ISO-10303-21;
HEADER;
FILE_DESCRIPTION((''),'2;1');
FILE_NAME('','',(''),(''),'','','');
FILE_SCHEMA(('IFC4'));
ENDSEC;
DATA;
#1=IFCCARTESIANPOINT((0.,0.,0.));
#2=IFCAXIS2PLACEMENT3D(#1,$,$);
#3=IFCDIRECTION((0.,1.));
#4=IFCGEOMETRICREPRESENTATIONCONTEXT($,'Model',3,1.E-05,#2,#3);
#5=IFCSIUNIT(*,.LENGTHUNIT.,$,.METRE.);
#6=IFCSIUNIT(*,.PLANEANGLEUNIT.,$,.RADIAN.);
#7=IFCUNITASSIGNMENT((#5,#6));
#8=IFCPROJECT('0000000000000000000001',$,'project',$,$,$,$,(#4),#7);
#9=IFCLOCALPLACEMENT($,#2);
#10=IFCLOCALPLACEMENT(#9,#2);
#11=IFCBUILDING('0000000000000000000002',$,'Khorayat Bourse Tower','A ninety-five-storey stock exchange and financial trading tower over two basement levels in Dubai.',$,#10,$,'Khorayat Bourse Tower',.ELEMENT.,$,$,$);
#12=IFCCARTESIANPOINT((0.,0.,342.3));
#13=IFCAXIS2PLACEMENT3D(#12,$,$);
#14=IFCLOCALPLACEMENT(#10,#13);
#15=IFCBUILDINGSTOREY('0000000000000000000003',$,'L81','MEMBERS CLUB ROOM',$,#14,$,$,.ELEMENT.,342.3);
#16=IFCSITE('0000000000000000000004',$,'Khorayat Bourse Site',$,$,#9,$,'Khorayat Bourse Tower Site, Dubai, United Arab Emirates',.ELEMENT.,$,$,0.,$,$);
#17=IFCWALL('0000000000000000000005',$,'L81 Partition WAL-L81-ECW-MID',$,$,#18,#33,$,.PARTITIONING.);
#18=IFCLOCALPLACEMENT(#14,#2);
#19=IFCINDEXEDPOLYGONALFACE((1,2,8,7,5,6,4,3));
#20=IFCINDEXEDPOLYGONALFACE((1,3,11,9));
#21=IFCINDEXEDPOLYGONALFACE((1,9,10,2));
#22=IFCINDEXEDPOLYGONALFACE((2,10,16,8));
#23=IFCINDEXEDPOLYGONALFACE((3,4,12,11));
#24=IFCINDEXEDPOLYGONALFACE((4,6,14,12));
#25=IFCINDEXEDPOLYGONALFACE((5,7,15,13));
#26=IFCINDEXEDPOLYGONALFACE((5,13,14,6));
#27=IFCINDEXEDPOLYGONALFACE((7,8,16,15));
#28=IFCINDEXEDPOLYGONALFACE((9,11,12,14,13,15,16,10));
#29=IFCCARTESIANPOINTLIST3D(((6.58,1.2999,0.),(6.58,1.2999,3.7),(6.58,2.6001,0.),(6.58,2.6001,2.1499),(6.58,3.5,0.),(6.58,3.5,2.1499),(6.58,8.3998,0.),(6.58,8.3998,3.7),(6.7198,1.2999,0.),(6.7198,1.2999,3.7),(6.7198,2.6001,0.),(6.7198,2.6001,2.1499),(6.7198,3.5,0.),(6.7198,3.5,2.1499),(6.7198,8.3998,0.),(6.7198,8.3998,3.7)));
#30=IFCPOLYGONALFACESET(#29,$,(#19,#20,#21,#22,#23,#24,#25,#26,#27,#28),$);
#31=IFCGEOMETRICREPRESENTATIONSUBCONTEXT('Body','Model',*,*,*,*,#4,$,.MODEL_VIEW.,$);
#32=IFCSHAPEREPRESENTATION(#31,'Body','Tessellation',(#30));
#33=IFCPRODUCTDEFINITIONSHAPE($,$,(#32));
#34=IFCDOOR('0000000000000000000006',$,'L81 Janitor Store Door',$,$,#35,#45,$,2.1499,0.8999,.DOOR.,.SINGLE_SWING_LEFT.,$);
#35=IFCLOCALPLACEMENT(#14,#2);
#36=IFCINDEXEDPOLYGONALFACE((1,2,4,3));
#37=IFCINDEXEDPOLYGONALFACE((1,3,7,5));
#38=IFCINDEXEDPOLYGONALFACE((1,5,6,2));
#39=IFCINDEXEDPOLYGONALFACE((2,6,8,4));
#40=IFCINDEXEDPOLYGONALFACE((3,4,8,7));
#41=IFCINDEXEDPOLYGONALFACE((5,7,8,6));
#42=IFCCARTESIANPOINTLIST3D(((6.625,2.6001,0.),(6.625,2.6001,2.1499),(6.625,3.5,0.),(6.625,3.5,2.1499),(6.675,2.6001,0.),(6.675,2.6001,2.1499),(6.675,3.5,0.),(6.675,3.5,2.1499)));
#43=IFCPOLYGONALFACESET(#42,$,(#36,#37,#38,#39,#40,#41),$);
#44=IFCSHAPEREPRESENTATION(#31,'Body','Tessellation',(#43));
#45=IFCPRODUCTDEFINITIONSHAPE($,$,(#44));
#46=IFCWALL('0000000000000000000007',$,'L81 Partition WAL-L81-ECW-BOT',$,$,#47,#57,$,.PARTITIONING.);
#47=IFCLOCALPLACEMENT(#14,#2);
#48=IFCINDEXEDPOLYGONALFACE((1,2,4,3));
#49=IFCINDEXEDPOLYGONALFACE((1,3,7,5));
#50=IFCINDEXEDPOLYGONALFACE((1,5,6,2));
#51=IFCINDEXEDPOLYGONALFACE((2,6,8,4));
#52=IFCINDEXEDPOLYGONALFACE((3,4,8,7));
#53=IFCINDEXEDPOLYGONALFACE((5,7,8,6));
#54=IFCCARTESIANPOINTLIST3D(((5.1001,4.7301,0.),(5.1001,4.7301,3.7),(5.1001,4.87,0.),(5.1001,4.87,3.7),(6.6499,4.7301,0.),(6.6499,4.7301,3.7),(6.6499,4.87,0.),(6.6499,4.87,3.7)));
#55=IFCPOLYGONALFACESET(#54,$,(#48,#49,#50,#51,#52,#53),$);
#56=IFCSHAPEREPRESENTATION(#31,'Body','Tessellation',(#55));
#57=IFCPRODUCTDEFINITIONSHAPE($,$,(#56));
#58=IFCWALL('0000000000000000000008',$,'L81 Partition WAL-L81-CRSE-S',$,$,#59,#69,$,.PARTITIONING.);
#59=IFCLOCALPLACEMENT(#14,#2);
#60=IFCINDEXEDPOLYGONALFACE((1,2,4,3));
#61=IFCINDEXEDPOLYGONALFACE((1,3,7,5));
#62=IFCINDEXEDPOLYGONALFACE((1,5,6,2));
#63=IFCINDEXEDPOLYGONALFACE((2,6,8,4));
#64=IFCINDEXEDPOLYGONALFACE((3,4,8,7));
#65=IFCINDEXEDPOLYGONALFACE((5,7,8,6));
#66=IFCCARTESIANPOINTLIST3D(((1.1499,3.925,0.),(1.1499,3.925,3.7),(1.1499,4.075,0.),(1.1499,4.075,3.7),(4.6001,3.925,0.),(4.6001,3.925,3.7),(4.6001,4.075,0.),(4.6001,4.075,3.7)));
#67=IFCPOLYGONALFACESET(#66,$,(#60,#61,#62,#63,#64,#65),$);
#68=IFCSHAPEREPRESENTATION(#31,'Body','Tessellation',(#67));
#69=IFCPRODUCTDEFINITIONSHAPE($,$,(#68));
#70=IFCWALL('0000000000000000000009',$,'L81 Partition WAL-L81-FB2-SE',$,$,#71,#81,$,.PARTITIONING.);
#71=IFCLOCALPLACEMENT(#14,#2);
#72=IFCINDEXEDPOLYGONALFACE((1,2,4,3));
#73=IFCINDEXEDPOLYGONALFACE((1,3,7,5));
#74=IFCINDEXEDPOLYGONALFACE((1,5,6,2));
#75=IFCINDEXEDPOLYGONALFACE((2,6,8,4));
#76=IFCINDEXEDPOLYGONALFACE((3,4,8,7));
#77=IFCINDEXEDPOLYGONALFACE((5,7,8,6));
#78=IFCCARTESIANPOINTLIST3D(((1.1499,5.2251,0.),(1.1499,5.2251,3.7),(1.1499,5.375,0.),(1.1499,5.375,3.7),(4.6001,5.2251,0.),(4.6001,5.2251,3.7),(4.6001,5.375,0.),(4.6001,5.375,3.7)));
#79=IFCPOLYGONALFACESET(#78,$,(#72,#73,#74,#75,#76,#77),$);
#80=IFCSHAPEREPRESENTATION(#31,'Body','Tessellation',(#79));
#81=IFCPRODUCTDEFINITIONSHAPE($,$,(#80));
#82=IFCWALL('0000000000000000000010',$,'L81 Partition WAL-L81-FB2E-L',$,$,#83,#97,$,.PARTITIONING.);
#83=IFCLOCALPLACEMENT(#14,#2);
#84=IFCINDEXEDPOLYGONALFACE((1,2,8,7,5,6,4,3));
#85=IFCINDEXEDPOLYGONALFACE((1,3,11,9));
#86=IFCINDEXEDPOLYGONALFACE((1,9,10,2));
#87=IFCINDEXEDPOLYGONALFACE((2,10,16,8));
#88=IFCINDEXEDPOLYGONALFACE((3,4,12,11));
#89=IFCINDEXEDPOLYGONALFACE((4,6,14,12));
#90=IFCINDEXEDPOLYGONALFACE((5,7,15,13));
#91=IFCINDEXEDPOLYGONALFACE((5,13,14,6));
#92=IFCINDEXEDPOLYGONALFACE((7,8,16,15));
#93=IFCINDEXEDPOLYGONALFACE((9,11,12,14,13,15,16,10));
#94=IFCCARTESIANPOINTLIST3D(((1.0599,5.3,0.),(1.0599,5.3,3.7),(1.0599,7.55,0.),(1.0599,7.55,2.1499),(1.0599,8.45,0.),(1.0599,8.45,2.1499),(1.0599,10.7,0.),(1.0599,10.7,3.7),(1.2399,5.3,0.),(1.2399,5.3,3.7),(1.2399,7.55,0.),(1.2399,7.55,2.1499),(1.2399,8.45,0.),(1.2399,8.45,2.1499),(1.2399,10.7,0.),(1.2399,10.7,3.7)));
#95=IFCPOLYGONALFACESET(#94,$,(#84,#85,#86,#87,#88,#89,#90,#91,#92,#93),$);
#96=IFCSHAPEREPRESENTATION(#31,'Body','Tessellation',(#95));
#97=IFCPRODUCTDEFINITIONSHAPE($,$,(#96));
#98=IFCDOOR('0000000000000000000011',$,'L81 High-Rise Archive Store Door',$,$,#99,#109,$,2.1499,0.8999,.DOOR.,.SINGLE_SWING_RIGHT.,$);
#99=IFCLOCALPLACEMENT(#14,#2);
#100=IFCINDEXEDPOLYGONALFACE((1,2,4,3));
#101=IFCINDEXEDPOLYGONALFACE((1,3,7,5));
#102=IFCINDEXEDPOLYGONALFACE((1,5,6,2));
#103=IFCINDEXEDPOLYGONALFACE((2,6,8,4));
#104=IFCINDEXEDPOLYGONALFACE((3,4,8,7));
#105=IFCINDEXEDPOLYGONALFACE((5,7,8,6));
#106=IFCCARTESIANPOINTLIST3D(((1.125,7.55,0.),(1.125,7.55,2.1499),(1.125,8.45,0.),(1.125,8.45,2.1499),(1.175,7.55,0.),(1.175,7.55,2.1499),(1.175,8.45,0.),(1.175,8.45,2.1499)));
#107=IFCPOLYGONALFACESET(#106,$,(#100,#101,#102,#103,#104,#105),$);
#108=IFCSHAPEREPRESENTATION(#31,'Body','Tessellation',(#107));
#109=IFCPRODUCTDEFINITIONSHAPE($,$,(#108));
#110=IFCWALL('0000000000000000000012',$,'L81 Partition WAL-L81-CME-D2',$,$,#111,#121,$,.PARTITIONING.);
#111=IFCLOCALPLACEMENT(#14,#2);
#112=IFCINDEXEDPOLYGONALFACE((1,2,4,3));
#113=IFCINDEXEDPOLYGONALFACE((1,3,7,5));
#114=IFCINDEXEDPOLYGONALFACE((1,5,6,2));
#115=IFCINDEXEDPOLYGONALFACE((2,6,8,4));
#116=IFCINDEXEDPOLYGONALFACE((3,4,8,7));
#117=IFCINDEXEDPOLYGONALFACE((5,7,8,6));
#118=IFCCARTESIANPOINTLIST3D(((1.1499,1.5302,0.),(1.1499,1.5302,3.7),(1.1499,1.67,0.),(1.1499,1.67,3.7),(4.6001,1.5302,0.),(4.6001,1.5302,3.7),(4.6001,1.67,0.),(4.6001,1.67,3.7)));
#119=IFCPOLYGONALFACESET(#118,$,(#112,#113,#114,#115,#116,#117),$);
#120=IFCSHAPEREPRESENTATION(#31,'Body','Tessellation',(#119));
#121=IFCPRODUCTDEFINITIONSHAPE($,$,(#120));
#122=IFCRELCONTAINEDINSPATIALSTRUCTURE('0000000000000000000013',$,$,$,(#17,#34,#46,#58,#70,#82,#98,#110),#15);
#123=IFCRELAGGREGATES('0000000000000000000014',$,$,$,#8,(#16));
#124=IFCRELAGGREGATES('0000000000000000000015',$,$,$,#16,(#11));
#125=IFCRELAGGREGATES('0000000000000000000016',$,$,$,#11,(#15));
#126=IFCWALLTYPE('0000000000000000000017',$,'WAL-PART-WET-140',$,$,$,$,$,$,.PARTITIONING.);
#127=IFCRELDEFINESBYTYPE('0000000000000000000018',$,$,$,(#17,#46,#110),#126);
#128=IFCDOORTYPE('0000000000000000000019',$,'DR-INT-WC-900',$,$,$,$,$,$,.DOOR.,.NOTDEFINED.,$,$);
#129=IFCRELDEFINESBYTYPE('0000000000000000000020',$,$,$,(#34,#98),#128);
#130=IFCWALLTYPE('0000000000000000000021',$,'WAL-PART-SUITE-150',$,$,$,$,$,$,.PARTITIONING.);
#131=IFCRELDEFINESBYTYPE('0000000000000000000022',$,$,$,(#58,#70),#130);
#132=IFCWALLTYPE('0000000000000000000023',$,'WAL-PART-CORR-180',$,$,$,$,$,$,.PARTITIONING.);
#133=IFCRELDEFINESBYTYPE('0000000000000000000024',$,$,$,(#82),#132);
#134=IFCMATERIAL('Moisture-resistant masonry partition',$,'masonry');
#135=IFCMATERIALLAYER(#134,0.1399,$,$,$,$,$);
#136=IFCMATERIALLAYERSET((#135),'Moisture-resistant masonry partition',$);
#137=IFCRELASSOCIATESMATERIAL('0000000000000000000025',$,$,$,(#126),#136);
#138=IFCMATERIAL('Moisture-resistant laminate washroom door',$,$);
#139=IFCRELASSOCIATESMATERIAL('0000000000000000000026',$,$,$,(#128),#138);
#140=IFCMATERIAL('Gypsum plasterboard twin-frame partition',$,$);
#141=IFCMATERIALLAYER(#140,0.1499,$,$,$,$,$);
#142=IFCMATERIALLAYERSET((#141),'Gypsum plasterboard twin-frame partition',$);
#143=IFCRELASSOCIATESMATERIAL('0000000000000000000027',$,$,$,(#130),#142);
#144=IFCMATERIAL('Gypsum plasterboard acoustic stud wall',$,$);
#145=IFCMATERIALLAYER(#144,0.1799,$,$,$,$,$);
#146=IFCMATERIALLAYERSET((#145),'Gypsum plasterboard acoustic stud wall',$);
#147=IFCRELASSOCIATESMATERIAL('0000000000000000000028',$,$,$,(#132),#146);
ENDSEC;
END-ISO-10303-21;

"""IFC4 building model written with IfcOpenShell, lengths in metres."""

from ifc_helpers import new_model, si_unit, direction, frame, frame_2d, origin, place, context, subcontext, project, spatial, rectangle, extrude, source, transform, mapped, material, layer, layer_set, type_object, element, fill, save


model = new_model("IFC4")

# Units and contexts
model_context = context("Model", 3, precision=1e-05, world=origin(), true_north=direction((0.0, 1.0)))
body_context = subcontext(model_context, "Body", "Model", "MODEL_VIEW")
ifc_project = project(units=[si_unit("LENGTHUNIT", "METRE"), si_unit("PLANEANGLEUNIT", "RADIAN")], contexts=[model_context])

# Site, building, storey
site_placement = place(None, origin())
site = spatial("IfcSite", under=ifc_project, at=site_placement, Name="Khorayat Bourse Site", LongName="Khorayat Bourse Tower Site, Dubai, United Arab Emirates", CompositionType="ELEMENT", RefElevation=0.0)
building_placement = place(site_placement, origin())
building = spatial("IfcBuilding", under=site, at=building_placement, Name="Khorayat Bourse Tower", Description="A ninety-five-storey stock exchange and financial trading tower over two basement levels in Dubai.", LongName="Khorayat Bourse Tower", CompositionType="ELEMENT")
storey_placement = place(building_placement, frame((0.0, 0.0, 342.3)))
storey = spatial("IfcBuildingStorey", under=building, at=storey_placement, Name="L81", Description="MEMBERS CLUB ROOM", CompositionType="ELEMENT", Elevation=342.3)

# Shared definitions
ifc_material_1 = material(Name="Moisture-resistant masonry partition", Category="masonry")
ifc_layer_1 = layer(ifc_material_1, 0.1399)
ifc_layer_set_1 = layer_set([ifc_layer_1], Name="Moisture-resistant masonry partition")
wall_type_1 = type_object("IfcWallType", Name="WAL-PART-WET-140", PredefinedType="PARTITIONING", material=ifc_layer_set_1)

# Shared definitions
shared_shape_1 = source(origin(), body_context, "Body", "SweptSolid", [
    extrude(rectangle(XDim=0.8999, YDim=2.1499, at=frame_2d((0.45, 1.075))), frame((0.0, 0.0798, 0.0), z_axis=(0.0, -1.0, 0.0), x_axis=(1.0, 0.0, 0.0)), (0.0, 0.0, 1.0), 0.1599),
])
ifc_material_2 = material(Name="Moisture-resistant laminate washroom door")
door_type = type_object("IfcDoorType", Name="DR-INT-WC-900", OperationType="NOTDEFINED", PredefinedType="DOOR", material=ifc_material_2)
shared_shape_2 = source(origin(), body_context, "Body", "SweptSolid", [
    extrude(rectangle(XDim=0.8999, YDim=2.1499, at=frame_2d((0.45, 1.075))), frame((0.0, 0.0249, 0.0), z_axis=(0.0, -1.0, 0.0), x_axis=(1.0, 0.0, 0.0)), (0.0, 0.0, 1.0), 0.05),
])

# Wall, opening, door
shared_shape_3 = source(origin(), body_context, "Body", "SweptSolid", [
    extrude(rectangle(XDim=7.0999, YDim=0.1399, at=frame_2d((3.5498, 0.0))), origin(), (0.0, 0.0, 1.0), 3.7),
])
wall_1_placement = place(storey_placement, frame((6.6499, 1.3, 0.0), z_axis=(0.0, 0.0, 1.0), x_axis=(0.0, 1.0, 0.0)))
wall_1 = element("IfcWall", 1, at=wall_1_placement, inside=storey, type_object=wall_type_1, Name="L81 Partition WAL-L81-ECW-MID", PredefinedType="PARTITIONING", context=body_context, shape_type="MappedRepresentation", body=[
    mapped(shared_shape_3, transform((0.0, 0.0, 0.0), scale=1.0)),
])
opening_1_placement = place(wall_1_placement, frame((1.3, 0.0, 0.0)))
opening_1 = element("IfcOpeningElement", 2, at=opening_1_placement, cuts=wall_1, PredefinedType="OPENING", context=body_context, shape_type="MappedRepresentation", body=[
    mapped(shared_shape_1, transform((0.0, 0.0, 0.0), scale=1.0)),
])
door_1_placement = place(opening_1_placement, origin())
door_1 = element("IfcDoor", 3, at=door_1_placement, inside=storey, type_object=door_type, Name="L81 Janitor Store Door", OperationType="SINGLE_SWING_LEFT", OverallHeight=2.1499, OverallWidth=0.8999, PredefinedType="DOOR", context=body_context, shape_type="MappedRepresentation", body=[
    mapped(shared_shape_2, transform((0.0, 0.0, 0.0), scale=1.0)),
])
fill(opening_1, door_1)

# Walls
shared_shape_4 = source(origin(), body_context, "Body", "SweptSolid", [
    extrude(rectangle(XDim=1.5498, YDim=0.1399, at=frame_2d((0.7749, 0.0))), origin(), (0.0, 0.0, 1.0), 3.7),
])
wall_2_placement = place(storey_placement, frame((5.1001, 4.8, 0.0), z_axis=(0.0, 0.0, 1.0), x_axis=(1.0, 0.0, 0.0)))
element("IfcWall", 4, at=wall_2_placement, inside=storey, type_object=wall_type_1, Name="L81 Partition WAL-L81-ECW-BOT", PredefinedType="PARTITIONING", context=body_context, shape_type="MappedRepresentation", body=[
    mapped(shared_shape_4, transform((0.0, 0.0, 0.0), scale=1.0)),
])
ifc_material_3 = material(Name="Gypsum plasterboard twin-frame partition")
ifc_layer_2 = layer(ifc_material_3, 0.1499)
ifc_layer_set_2 = layer_set([ifc_layer_2], Name="Gypsum plasterboard twin-frame partition")
wall_type_2 = type_object("IfcWallType", Name="WAL-PART-SUITE-150", PredefinedType="PARTITIONING", material=ifc_layer_set_2)
shared_shape_5 = source(origin(), body_context, "Body", "SweptSolid", [
    extrude(rectangle(XDim=3.4502, YDim=0.1499, at=frame_2d((1.7251, 0.0))), origin(), (0.0, 0.0, 1.0), 3.7),
])
for number, where, z_axis, x_axis, name in (
    (5, (1.1499, 4.0, 0.0), (0.0, 0.0, 1.0), (1.0, 0.0, 0.0), "L81 Partition WAL-L81-CRSE-S"),
    (6, (1.1499, 5.3, 0.0), (0.0, 0.0, 1.0), (1.0, 0.0, 0.0), "L81 Partition WAL-L81-FB2-SE"),
):
    element("IfcWall", number, at=place(storey_placement, frame(where, z_axis=z_axis, x_axis=x_axis)), inside=storey, type_object=wall_type_2, Name=name, PredefinedType="PARTITIONING", context=body_context, shape_type="MappedRepresentation", body=[
        mapped(shared_shape_5, transform((0.0, 0.0, 0.0), scale=1.0)),
    ])

# Wall, opening, door
ifc_material_4 = material(Name="Gypsum plasterboard acoustic stud wall")
ifc_layer_3 = layer(ifc_material_4, 0.1799)
ifc_layer_set_3 = layer_set([ifc_layer_3], Name="Gypsum plasterboard acoustic stud wall")
wall_type_3 = type_object("IfcWallType", Name="WAL-PART-CORR-180", PredefinedType="PARTITIONING", material=ifc_layer_set_3)
shared_shape_6 = source(origin(), body_context, "Body", "SweptSolid", [
    extrude(rectangle(XDim=5.3999, YDim=0.1799, at=frame_2d((2.7, 0.0))), origin(), (0.0, 0.0, 1.0), 3.7),
])
wall_3_placement = place(storey_placement, frame((1.1499, 5.3, 0.0), z_axis=(0.0, 0.0, 1.0), x_axis=(0.0, 1.0, 0.0)))
wall_3 = element("IfcWall", 7, at=wall_3_placement, inside=storey, type_object=wall_type_3, Name="L81 Partition WAL-L81-FB2E-L", PredefinedType="PARTITIONING", context=body_context, shape_type="MappedRepresentation", body=[
    mapped(shared_shape_6, transform((0.0, 0.0, 0.0), scale=1.0)),
])
shared_shape_7 = source(origin(), body_context, "Body", "SweptSolid", [
    extrude(rectangle(XDim=0.8999, YDim=2.1499, at=frame_2d((0.45, 1.075))), frame((0.0, 0.0999, 0.0), z_axis=(0.0, -1.0, 0.0), x_axis=(1.0, 0.0, 0.0)), (0.0, 0.0, 1.0), 0.2),
])
opening_2_placement = place(wall_3_placement, frame((2.25, 0.0, 0.0)))
opening_2 = element("IfcOpeningElement", 8, at=opening_2_placement, cuts=wall_3, PredefinedType="OPENING", context=body_context, shape_type="MappedRepresentation", body=[
    mapped(shared_shape_7, transform((0.0, 0.0, 0.0), scale=1.0)),
])
door_2_placement = place(opening_2_placement, origin())
door_2 = element("IfcDoor", 9, at=door_2_placement, inside=storey, type_object=door_type, Name="L81 High-Rise Archive Store Door", OperationType="SINGLE_SWING_RIGHT", OverallHeight=2.1499, OverallWidth=0.8999, PredefinedType="DOOR", context=body_context, shape_type="MappedRepresentation", body=[
    mapped(shared_shape_2, transform((0.0, 0.0, 0.0), scale=1.0)),
])
fill(opening_2, door_2)

# Wall
shared_shape_8 = source(origin(), body_context, "Body", "SweptSolid", [
    extrude(rectangle(XDim=3.4502, YDim=0.1399, at=frame_2d((1.7251, 0.0))), origin(), (0.0, 0.0, 1.0), 3.7),
])
wall_4_placement = place(storey_placement, frame((1.1499, 1.6001, 0.0), z_axis=(0.0, 0.0, 1.0), x_axis=(1.0, 0.0, 0.0)))
element("IfcWall", 10, at=wall_4_placement, inside=storey, type_object=wall_type_1, Name="L81 Partition WAL-L81-CME-D2", PredefinedType="PARTITIONING", context=body_context, shape_type="MappedRepresentation", body=[
    mapped(shared_shape_8, transform((0.0, 0.0, 0.0), scale=1.0)),
])

save(model, "model.ifc")
